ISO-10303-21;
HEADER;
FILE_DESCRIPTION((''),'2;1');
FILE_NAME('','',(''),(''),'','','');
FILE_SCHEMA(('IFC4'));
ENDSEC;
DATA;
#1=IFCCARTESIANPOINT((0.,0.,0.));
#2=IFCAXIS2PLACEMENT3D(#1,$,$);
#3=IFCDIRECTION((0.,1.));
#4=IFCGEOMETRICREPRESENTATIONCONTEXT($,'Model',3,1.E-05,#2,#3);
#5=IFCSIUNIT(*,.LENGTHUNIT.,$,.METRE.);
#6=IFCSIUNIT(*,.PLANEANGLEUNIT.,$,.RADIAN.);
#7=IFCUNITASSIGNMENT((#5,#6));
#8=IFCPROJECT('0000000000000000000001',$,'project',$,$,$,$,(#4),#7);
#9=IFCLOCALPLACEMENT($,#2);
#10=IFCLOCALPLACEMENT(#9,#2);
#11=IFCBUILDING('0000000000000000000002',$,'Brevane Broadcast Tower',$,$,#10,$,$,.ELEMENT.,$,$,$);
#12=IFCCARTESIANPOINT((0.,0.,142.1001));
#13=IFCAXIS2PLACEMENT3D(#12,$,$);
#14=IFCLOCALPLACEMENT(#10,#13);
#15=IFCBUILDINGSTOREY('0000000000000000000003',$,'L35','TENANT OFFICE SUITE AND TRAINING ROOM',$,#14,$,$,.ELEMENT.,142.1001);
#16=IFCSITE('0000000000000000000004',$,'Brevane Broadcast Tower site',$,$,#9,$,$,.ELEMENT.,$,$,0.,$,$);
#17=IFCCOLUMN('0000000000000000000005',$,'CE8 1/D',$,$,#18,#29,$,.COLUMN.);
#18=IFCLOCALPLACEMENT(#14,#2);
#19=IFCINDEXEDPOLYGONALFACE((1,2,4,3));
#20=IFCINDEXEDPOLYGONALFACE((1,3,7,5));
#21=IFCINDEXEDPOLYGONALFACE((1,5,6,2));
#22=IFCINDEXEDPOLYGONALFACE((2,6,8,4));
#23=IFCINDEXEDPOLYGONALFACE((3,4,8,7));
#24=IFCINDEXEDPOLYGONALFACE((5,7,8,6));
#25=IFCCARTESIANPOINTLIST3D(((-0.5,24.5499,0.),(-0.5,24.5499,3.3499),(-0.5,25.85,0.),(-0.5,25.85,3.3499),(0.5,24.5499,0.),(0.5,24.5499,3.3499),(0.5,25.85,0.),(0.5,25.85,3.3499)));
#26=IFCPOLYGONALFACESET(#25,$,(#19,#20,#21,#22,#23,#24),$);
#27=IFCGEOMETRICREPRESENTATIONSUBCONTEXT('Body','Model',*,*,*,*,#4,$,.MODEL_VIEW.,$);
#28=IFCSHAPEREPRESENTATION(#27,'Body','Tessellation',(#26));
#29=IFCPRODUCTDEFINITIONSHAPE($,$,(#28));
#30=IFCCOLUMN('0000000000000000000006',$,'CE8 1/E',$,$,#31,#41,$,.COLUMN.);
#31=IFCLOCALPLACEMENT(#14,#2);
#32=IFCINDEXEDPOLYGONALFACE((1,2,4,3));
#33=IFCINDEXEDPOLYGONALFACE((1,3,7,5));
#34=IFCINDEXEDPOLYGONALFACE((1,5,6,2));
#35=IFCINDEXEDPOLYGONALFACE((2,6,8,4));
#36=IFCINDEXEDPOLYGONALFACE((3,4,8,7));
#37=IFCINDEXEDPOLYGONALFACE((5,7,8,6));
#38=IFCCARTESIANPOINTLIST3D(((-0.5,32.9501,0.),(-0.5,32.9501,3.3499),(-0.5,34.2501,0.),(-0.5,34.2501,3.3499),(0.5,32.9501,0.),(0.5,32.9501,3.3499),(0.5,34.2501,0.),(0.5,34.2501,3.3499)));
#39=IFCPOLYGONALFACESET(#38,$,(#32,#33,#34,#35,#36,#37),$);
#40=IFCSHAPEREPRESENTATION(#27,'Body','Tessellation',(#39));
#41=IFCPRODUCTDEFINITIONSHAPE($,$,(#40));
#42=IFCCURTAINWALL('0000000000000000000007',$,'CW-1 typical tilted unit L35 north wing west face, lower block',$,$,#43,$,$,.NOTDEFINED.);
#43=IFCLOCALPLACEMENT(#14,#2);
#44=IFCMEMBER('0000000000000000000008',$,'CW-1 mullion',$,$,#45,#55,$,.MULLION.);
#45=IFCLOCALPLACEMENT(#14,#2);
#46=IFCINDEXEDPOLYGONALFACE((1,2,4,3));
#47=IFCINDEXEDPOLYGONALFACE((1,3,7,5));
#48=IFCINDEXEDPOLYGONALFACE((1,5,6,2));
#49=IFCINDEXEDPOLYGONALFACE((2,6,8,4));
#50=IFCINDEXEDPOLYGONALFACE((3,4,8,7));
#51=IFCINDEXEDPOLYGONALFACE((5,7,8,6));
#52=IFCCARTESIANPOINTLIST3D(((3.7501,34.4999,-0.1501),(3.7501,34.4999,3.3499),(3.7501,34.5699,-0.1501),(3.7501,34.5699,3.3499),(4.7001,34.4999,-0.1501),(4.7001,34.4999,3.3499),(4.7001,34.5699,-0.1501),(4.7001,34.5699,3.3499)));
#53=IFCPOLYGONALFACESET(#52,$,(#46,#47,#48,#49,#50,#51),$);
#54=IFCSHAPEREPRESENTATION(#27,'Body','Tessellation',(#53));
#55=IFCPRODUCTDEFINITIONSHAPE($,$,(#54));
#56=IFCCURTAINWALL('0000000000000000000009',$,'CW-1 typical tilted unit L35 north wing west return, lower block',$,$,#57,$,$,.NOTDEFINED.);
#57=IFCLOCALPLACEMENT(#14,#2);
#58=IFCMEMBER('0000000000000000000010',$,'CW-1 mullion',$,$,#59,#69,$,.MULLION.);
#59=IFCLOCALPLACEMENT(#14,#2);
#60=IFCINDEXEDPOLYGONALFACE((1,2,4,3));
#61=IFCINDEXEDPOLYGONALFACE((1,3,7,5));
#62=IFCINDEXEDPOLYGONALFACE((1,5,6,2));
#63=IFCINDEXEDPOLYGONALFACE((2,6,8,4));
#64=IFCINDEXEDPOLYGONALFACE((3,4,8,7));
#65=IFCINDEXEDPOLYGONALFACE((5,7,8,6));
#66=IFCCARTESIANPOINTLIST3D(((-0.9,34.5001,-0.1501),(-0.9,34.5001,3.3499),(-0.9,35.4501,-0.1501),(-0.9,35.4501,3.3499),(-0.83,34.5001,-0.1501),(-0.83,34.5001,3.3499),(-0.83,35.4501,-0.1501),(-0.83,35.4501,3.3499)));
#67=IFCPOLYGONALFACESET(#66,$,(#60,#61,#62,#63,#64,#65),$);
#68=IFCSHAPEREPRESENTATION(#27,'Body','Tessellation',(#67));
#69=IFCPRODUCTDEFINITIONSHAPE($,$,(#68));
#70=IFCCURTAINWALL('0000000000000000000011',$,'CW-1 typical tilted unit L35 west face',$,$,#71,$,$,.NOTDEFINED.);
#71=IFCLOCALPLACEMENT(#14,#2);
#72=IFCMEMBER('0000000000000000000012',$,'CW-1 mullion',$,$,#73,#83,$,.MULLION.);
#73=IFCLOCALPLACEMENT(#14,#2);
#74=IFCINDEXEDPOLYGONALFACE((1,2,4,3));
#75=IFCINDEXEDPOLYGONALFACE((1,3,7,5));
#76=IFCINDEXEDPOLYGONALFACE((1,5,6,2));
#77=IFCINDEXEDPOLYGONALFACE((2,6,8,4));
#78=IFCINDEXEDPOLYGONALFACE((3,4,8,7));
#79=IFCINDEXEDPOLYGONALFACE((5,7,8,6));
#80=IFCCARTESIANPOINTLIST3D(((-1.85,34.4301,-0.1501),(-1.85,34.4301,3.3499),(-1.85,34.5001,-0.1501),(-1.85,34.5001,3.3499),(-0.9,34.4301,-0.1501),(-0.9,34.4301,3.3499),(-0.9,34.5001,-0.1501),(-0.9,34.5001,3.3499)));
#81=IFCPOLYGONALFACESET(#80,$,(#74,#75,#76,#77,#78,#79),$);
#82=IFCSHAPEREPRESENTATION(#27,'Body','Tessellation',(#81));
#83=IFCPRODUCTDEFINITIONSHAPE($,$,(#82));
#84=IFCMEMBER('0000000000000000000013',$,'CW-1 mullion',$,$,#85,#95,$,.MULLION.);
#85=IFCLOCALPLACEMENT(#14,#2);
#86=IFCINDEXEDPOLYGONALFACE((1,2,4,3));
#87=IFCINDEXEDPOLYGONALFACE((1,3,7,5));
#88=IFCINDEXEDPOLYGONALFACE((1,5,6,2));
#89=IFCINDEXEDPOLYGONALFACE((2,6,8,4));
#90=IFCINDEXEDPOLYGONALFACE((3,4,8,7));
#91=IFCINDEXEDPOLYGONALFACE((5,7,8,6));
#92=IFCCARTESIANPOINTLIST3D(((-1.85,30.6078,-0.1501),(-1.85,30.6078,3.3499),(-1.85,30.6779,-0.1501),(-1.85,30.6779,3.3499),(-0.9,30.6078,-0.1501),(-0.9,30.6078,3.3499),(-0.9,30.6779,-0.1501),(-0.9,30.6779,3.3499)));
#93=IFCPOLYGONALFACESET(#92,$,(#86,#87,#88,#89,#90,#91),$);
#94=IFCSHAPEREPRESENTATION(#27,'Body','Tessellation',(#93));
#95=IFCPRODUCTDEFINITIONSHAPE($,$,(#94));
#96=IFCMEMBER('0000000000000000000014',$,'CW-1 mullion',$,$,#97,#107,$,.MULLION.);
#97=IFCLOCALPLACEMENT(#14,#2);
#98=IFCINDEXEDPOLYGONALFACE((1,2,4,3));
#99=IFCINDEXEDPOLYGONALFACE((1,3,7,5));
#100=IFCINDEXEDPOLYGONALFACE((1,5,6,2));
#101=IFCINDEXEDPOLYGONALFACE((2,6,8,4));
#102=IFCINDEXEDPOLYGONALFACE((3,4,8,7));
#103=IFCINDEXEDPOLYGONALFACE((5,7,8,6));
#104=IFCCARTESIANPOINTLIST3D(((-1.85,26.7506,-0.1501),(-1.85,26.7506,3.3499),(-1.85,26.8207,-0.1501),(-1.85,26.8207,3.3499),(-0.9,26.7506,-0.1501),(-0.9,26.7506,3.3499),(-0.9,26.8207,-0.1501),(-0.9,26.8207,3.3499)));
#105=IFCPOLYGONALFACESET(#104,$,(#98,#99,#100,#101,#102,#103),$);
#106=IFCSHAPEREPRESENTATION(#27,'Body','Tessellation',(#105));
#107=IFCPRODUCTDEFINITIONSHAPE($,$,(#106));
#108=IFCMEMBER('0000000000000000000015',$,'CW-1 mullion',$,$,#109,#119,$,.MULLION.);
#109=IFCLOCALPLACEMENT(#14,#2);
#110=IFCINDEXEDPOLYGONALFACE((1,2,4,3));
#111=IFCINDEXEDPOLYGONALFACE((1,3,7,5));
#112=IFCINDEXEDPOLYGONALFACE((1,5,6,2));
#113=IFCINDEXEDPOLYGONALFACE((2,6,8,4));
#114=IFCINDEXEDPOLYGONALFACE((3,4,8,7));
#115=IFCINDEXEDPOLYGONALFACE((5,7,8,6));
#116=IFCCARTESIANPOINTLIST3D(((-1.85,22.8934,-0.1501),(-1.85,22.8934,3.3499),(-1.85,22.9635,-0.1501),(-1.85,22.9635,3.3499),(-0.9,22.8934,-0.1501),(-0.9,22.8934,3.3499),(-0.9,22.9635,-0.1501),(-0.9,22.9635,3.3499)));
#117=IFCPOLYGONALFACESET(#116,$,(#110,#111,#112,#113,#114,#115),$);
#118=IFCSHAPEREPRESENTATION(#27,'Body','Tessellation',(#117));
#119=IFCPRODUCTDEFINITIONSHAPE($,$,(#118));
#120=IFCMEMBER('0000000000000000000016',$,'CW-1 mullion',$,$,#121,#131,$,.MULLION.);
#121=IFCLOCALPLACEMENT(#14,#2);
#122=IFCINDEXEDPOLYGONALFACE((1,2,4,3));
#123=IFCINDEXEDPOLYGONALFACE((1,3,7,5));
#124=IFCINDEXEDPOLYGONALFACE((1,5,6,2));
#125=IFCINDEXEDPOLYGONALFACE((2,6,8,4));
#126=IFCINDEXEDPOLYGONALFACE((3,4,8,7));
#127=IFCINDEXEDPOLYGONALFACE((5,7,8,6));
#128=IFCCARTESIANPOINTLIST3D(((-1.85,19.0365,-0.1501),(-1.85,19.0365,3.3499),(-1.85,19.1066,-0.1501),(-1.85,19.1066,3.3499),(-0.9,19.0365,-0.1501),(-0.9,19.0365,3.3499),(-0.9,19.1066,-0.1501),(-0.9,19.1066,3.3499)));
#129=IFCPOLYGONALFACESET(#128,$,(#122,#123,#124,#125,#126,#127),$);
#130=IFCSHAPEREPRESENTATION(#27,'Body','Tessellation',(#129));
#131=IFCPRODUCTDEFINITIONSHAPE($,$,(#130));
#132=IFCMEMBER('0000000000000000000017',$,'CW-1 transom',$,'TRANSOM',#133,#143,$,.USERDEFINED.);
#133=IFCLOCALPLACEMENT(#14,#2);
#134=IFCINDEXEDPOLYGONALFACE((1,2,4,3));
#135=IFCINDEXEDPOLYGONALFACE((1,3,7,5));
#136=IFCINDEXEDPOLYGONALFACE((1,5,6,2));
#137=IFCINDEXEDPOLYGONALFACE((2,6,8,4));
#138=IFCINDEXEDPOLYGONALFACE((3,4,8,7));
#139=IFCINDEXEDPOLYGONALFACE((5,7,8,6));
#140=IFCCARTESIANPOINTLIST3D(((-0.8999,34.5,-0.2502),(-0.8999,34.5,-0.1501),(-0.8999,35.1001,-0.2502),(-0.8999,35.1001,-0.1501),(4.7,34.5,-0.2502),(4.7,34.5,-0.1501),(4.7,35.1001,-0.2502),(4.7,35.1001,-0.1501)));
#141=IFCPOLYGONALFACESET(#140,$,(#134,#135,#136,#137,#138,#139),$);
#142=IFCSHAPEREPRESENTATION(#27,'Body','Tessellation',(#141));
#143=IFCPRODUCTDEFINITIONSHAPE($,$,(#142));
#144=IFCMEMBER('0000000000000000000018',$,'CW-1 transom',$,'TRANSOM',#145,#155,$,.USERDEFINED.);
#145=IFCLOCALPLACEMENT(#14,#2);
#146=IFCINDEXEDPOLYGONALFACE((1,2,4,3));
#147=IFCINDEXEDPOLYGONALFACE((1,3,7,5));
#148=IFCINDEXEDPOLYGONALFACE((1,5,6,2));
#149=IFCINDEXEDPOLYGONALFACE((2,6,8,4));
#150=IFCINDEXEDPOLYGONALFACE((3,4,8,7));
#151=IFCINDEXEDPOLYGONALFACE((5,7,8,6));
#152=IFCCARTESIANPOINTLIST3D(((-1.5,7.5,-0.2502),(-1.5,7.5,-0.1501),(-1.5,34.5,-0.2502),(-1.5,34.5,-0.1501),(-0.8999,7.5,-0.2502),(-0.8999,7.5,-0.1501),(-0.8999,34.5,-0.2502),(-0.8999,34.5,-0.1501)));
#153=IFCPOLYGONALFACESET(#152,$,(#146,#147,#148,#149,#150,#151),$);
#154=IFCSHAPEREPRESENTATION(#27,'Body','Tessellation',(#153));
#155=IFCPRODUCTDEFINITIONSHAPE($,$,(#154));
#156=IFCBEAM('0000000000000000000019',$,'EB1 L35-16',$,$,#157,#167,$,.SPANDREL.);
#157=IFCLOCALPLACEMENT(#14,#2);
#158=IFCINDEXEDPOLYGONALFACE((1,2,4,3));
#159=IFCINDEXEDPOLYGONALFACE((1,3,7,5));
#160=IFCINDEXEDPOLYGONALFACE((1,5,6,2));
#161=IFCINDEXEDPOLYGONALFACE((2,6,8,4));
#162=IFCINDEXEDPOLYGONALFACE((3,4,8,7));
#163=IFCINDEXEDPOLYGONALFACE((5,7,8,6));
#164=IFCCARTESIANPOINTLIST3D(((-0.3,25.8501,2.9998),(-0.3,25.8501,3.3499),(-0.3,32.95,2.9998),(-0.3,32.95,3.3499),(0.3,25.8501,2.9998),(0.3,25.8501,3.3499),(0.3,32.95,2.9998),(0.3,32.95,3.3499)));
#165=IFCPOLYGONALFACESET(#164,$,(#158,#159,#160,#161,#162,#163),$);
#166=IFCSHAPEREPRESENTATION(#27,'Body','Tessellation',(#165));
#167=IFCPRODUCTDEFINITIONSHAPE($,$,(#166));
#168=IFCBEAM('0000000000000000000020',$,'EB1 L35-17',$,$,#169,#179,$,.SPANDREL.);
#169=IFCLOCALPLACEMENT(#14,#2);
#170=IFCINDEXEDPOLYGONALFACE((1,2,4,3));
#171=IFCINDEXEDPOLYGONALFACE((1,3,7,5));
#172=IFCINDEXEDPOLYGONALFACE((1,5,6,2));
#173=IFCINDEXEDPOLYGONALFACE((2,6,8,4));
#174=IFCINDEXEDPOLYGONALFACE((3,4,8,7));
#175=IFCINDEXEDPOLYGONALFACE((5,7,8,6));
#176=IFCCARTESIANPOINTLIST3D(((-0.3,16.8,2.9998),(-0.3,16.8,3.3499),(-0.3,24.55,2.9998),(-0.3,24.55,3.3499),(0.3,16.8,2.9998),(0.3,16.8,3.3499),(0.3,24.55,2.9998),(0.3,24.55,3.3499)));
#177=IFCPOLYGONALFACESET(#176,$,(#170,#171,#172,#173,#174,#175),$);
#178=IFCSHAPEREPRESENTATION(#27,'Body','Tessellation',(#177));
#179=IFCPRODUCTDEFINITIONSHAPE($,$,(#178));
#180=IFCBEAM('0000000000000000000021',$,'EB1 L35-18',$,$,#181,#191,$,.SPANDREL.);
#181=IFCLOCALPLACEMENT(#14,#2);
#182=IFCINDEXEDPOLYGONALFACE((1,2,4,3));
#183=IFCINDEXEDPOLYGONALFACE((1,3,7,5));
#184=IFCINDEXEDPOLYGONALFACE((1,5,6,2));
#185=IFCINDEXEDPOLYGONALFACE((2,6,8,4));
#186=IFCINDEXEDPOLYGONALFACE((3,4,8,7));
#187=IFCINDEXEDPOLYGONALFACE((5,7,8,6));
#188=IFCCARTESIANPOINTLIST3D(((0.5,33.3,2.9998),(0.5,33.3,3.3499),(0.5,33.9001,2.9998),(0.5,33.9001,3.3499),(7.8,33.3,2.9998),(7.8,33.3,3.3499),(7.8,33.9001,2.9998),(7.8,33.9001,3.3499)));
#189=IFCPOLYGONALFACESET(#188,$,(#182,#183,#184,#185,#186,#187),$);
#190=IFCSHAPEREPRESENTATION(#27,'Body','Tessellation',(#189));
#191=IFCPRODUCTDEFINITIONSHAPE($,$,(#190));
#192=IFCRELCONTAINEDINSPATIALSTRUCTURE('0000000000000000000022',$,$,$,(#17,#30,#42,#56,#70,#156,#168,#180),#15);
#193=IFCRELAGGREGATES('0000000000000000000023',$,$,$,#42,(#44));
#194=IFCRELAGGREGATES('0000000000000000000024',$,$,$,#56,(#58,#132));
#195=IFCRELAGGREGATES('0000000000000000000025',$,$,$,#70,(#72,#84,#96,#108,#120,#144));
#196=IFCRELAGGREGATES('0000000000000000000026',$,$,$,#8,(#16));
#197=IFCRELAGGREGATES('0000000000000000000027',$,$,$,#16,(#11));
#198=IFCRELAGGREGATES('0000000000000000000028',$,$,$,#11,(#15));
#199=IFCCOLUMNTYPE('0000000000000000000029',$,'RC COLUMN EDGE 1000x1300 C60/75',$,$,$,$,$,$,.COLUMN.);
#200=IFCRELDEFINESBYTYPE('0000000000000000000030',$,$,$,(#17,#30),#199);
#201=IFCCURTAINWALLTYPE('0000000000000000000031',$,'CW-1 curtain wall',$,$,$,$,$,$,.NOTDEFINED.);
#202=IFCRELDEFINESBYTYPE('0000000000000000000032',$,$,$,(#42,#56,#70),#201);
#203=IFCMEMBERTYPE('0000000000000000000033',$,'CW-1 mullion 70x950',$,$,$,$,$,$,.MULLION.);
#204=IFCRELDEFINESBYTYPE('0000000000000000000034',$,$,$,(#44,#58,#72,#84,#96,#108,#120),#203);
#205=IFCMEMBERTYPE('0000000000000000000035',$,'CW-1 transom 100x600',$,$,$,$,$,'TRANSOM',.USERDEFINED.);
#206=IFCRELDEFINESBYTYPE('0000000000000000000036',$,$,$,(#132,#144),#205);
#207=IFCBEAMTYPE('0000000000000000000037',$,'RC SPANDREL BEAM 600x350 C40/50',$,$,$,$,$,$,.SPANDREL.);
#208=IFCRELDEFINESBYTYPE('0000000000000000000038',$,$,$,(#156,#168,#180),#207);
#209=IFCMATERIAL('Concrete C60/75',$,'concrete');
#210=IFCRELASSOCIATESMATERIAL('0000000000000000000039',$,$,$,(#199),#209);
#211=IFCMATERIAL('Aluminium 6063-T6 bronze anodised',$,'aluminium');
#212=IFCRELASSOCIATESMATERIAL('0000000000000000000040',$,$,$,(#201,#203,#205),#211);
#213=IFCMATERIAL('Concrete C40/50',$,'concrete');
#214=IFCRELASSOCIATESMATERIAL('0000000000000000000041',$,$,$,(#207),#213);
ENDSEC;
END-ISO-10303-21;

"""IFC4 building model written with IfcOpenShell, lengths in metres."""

from ifc_helpers import new_model, si_unit, direction, frame, origin, origin_2d, place, context, subcontext, project, spatial, rectangle, extrude, material, material_profile, profile_set, type_object, element, aggregate, save


model = new_model("IFC4")

# Units and contexts
model_context = context("Model", 3, precision=1e-05, world=origin(), true_north=direction((0.0, 1.0)))
body_context = subcontext(model_context, "Body", "Model", "MODEL_VIEW")
ifc_project = project(units=[si_unit("LENGTHUNIT", "METRE"), si_unit("PLANEANGLEUNIT", "RADIAN")], contexts=[model_context])

# Site, building, storey
site_placement = place(None, origin())
site = spatial("IfcSite", under=ifc_project, at=site_placement, Name="Brevane Broadcast Tower site", CompositionType="ELEMENT", RefElevation=0.0)
building_placement = place(site_placement, origin())
building = spatial("IfcBuilding", under=site, at=building_placement, Name="Brevane Broadcast Tower", CompositionType="ELEMENT")
storey_placement = place(building_placement, frame((0.0, 0.0, 142.1001)))
storey = spatial("IfcBuildingStorey", under=building, at=storey_placement, Name="L35", Description="TENANT OFFICE SUITE AND TRAINING ROOM", CompositionType="ELEMENT", Elevation=142.1001)

# Columns
ifc_material_1 = material(Name="Concrete C60/75", Category="concrete")
ifc_material_profile_1 = material_profile(ifc_material_1, rectangle(XDim=1.0, YDim=1.3, at=origin_2d()), Name="RC 1000x1300")
ifc_profile_set_1 = profile_set([ifc_material_profile_1], Name="Concrete C60/75")
column_type = type_object("IfcColumnType", Name="RC COLUMN EDGE 1000x1300 C60/75", PredefinedType="COLUMN", material=ifc_profile_set_1)
for number, where, z_axis, x_axis, name in (
    (1, (0.0, 25.2, 0.0), (0.0, 0.0, 1.0), (1.0, 0.0, 0.0), "CE8 1/D"),
    (2, (0.0, 33.6001, 0.0), (0.0, 0.0, 1.0), (1.0, 0.0, 0.0), "CE8 1/E"),
):
    element("IfcColumn", number, at=place(storey_placement, frame(where, z_axis=z_axis, x_axis=x_axis)), inside=storey, type_object=column_type, Name=name, PredefinedType="COLUMN", context=body_context, shape_type="SweptSolid", body=[
        extrude(rectangle(XDim=1.0, YDim=1.3, at=origin_2d()), origin(), (0.0, 0.0, 1.0), 3.3499),
    ])

# Curtain walls, members
ifc_material_2 = material(Name="Aluminium 6063-T6 bronze anodised", Category="aluminium")
curtain_wall_type = type_object("IfcCurtainWallType", Name="CW-1 curtain wall", PredefinedType="NOTDEFINED", material=ifc_material_2)
curtain_wall_1_placement = place(storey_placement, origin())
curtain_wall_1 = element("IfcCurtainWall", 3, at=curtain_wall_1_placement, inside=storey, type_object=curtain_wall_type, Name="CW-1 typical tilted unit L35 north wing west face, lower block", PredefinedType="NOTDEFINED")
ifc_material_profile_2 = material_profile(ifc_material_2, rectangle(XDim=0.95, YDim=0.0701, at=origin_2d()), Name="RECT 70x950")
ifc_profile_set_2 = profile_set([ifc_material_profile_2], Name="Aluminium 6063-T6 bronze anodised")
member_type_1 = type_object("IfcMemberType", Name="CW-1 mullion 70x950", PredefinedType="MULLION", material=ifc_profile_set_2)
member_1_placement = place(storey_placement, frame((4.2251, 34.5349, -0.1501), z_axis=(0.0, 0.0, 1.0), x_axis=(1.0, 0.0, 0.0)))
member_1 = element("IfcMember", 4, at=member_1_placement, type_object=member_type_1, Name="CW-1 mullion", PredefinedType="MULLION", context=body_context, shape_type="SweptSolid", body=[
    extrude(rectangle(XDim=0.95, YDim=0.0701, at=origin_2d()), origin(), (0.0, 0.0, 1.0), 3.5),
])
aggregate(curtain_wall_1, [member_1])
curtain_wall_2_placement = place(storey_placement, origin())
curtain_wall_2 = element("IfcCurtainWall", 5, at=curtain_wall_2_placement, inside=storey, type_object=curtain_wall_type, Name="CW-1 typical tilted unit L35 north wing west return, lower block", PredefinedType="NOTDEFINED")
member_2_placement = place(storey_placement, frame((-0.865, 34.9751, -0.1501), z_axis=(0.0, 0.0, 1.0), x_axis=(0.0, -1.0, 0.0)))
member_2 = element("IfcMember", 6, at=member_2_placement, type_object=member_type_1, Name="CW-1 mullion", PredefinedType="MULLION", context=body_context, shape_type="SweptSolid", body=[
    extrude(rectangle(XDim=0.95, YDim=0.0701, at=origin_2d()), origin(), (0.0, 0.0, 1.0), 3.5),
])

# Curtain wall, members
curtain_wall_3_placement = place(storey_placement, origin())
curtain_wall_3 = element("IfcCurtainWall", 7, at=curtain_wall_3_placement, inside=storey, type_object=curtain_wall_type, Name="CW-1 typical tilted unit L35 west face", PredefinedType="NOTDEFINED")
member_3_placement = place(storey_placement, frame((-1.375, 34.4651, -0.1501), z_axis=(0.0, 0.0, 1.0), x_axis=(1.0, 0.0, 0.0)))
member_3 = element("IfcMember", 8, at=member_3_placement, type_object=member_type_1, Name="CW-1 mullion", PredefinedType="MULLION", context=body_context, shape_type="SweptSolid", body=[
    extrude(rectangle(XDim=0.95, YDim=0.0701, at=origin_2d()), origin(), (0.0, 0.0, 1.0), 3.5),
])
member_4_placement = place(storey_placement, frame((-1.375, 30.6428, -0.1501), z_axis=(0.0, 0.0, 1.0), x_axis=(1.0, 0.0, 0.0)))
member_4 = element("IfcMember", 9, at=member_4_placement, type_object=member_type_1, Name="CW-1 mullion", PredefinedType="MULLION", context=body_context, shape_type="SweptSolid", body=[
    extrude(rectangle(XDim=0.95, YDim=0.0701, at=origin_2d()), origin(), (0.0, 0.0, 1.0), 3.5),
])
member_5_placement = place(storey_placement, frame((-1.375, 26.7856, -0.1501), z_axis=(0.0, 0.0, 1.0), x_axis=(1.0, 0.0, 0.0)))
member_5 = element("IfcMember", 10, at=member_5_placement, type_object=member_type_1, Name="CW-1 mullion", PredefinedType="MULLION", context=body_context, shape_type="SweptSolid", body=[
    extrude(rectangle(XDim=0.95, YDim=0.0701, at=origin_2d()), origin(), (0.0, 0.0, 1.0), 3.5),
])
member_6_placement = place(storey_placement, frame((-1.375, 22.9285, -0.1501), z_axis=(0.0, 0.0, 1.0), x_axis=(1.0, 0.0, 0.0)))
member_6 = element("IfcMember", 11, at=member_6_placement, type_object=member_type_1, Name="CW-1 mullion", PredefinedType="MULLION", context=body_context, shape_type="SweptSolid", body=[
    extrude(rectangle(XDim=0.95, YDim=0.0701, at=origin_2d()), origin(), (0.0, 0.0, 1.0), 3.5),
])
member_7_placement = place(storey_placement, frame((-1.375, 19.0715, -0.1501), z_axis=(0.0, 0.0, 1.0), x_axis=(1.0, 0.0, 0.0)))
member_7 = element("IfcMember", 12, at=member_7_placement, type_object=member_type_1, Name="CW-1 mullion", PredefinedType="MULLION", context=body_context, shape_type="SweptSolid", body=[
    extrude(rectangle(XDim=0.95, YDim=0.0701, at=origin_2d()), origin(), (0.0, 0.0, 1.0), 3.5),
])

# Members
ifc_material_profile_3 = material_profile(ifc_material_2, rectangle(XDim=0.6001, YDim=0.1001, at=origin_2d()), Name="RECT 100x600")
ifc_profile_set_3 = profile_set([ifc_material_profile_3], Name="Aluminium 6063-T6 bronze anodised")
member_type_2 = type_object("IfcMemberType", Name="CW-1 transom 100x600", ElementType="TRANSOM", PredefinedType="USERDEFINED", material=ifc_profile_set_3)
member_8_placement = place(storey_placement, frame((4.7, 34.8, -0.2002), z_axis=(-1.0, 0.0, 0.0), x_axis=(0.0, -1.0, 0.0)))
member_8 = element("IfcMember", 13, at=member_8_placement, type_object=member_type_2, Name="CW-1 transom", ObjectType="TRANSOM", PredefinedType="USERDEFINED", context=body_context, shape_type="SweptSolid", body=[
    extrude(rectangle(XDim=0.6001, YDim=0.1001, at=origin_2d()), origin(), (0.0, 0.0, 1.0), 5.5999),
])
aggregate(curtain_wall_2, [member_2, member_8])
member_9_placement = place(storey_placement, frame((-1.2, 34.5, -0.2002), z_axis=(0.0, -1.0, 0.0), x_axis=(1.0, 0.0, 0.0)))
member_9 = element("IfcMember", 14, at=member_9_placement, type_object=member_type_2, Name="CW-1 transom", ObjectType="TRANSOM", PredefinedType="USERDEFINED", context=body_context, shape_type="SweptSolid", body=[
    extrude(rectangle(XDim=0.6001, YDim=0.1001, at=origin_2d()), origin(), (0.0, 0.0, 1.0), 27.0),
])
aggregate(curtain_wall_3, [member_3, member_4, member_5, member_6, member_7, member_9])

# Beams
ifc_material_3 = material(Name="Concrete C40/50", Category="concrete")
ifc_material_profile_4 = material_profile(ifc_material_3, rectangle(XDim=0.6001, YDim=0.3501, at=origin_2d()), Name="RC 600x350")
ifc_profile_set_4 = profile_set([ifc_material_profile_4], Name="Concrete C40/50")
beam_type = type_object("IfcBeamType", Name="RC SPANDREL BEAM 600x350 C40/50", PredefinedType="SPANDREL", material=ifc_profile_set_4)
beam_1_placement = place(storey_placement, frame((0.0, 32.95, 3.1748), z_axis=(0.0, -1.0, 0.0), x_axis=(1.0, 0.0, 0.0)))
element("IfcBeam", 15, at=beam_1_placement, inside=storey, type_object=beam_type, Name="EB1 L35-16", PredefinedType="SPANDREL", context=body_context, shape_type="SweptSolid", body=[
    extrude(rectangle(XDim=0.6001, YDim=0.3501, at=origin_2d()), origin(), (0.0, 0.0, 1.0), 7.0999),
])
beam_2_placement = place(storey_placement, frame((0.0, 24.55, 3.1748), z_axis=(0.0, -1.0, 0.0), x_axis=(1.0, 0.0, 0.0)))
element("IfcBeam", 16, at=beam_2_placement, inside=storey, type_object=beam_type, Name="EB1 L35-17", PredefinedType="SPANDREL", context=body_context, shape_type="SweptSolid", body=[
    extrude(rectangle(XDim=0.6001, YDim=0.3501, at=origin_2d()), origin(), (0.0, 0.0, 1.0), 7.75),
])
beam_3_placement = place(storey_placement, frame((0.5, 33.6001, 3.1748), z_axis=(1.0, 0.0, 0.0), x_axis=(0.0, 1.0, 0.0)))
element("IfcBeam", 17, at=beam_3_placement, inside=storey, type_object=beam_type, Name="EB1 L35-18", PredefinedType="SPANDREL", context=body_context, shape_type="SweptSolid", body=[
    extrude(rectangle(XDim=0.6001, YDim=0.3501, at=origin_2d()), origin(), (0.0, 0.0, 1.0), 7.3),
])

save(model, "model.ifc")
